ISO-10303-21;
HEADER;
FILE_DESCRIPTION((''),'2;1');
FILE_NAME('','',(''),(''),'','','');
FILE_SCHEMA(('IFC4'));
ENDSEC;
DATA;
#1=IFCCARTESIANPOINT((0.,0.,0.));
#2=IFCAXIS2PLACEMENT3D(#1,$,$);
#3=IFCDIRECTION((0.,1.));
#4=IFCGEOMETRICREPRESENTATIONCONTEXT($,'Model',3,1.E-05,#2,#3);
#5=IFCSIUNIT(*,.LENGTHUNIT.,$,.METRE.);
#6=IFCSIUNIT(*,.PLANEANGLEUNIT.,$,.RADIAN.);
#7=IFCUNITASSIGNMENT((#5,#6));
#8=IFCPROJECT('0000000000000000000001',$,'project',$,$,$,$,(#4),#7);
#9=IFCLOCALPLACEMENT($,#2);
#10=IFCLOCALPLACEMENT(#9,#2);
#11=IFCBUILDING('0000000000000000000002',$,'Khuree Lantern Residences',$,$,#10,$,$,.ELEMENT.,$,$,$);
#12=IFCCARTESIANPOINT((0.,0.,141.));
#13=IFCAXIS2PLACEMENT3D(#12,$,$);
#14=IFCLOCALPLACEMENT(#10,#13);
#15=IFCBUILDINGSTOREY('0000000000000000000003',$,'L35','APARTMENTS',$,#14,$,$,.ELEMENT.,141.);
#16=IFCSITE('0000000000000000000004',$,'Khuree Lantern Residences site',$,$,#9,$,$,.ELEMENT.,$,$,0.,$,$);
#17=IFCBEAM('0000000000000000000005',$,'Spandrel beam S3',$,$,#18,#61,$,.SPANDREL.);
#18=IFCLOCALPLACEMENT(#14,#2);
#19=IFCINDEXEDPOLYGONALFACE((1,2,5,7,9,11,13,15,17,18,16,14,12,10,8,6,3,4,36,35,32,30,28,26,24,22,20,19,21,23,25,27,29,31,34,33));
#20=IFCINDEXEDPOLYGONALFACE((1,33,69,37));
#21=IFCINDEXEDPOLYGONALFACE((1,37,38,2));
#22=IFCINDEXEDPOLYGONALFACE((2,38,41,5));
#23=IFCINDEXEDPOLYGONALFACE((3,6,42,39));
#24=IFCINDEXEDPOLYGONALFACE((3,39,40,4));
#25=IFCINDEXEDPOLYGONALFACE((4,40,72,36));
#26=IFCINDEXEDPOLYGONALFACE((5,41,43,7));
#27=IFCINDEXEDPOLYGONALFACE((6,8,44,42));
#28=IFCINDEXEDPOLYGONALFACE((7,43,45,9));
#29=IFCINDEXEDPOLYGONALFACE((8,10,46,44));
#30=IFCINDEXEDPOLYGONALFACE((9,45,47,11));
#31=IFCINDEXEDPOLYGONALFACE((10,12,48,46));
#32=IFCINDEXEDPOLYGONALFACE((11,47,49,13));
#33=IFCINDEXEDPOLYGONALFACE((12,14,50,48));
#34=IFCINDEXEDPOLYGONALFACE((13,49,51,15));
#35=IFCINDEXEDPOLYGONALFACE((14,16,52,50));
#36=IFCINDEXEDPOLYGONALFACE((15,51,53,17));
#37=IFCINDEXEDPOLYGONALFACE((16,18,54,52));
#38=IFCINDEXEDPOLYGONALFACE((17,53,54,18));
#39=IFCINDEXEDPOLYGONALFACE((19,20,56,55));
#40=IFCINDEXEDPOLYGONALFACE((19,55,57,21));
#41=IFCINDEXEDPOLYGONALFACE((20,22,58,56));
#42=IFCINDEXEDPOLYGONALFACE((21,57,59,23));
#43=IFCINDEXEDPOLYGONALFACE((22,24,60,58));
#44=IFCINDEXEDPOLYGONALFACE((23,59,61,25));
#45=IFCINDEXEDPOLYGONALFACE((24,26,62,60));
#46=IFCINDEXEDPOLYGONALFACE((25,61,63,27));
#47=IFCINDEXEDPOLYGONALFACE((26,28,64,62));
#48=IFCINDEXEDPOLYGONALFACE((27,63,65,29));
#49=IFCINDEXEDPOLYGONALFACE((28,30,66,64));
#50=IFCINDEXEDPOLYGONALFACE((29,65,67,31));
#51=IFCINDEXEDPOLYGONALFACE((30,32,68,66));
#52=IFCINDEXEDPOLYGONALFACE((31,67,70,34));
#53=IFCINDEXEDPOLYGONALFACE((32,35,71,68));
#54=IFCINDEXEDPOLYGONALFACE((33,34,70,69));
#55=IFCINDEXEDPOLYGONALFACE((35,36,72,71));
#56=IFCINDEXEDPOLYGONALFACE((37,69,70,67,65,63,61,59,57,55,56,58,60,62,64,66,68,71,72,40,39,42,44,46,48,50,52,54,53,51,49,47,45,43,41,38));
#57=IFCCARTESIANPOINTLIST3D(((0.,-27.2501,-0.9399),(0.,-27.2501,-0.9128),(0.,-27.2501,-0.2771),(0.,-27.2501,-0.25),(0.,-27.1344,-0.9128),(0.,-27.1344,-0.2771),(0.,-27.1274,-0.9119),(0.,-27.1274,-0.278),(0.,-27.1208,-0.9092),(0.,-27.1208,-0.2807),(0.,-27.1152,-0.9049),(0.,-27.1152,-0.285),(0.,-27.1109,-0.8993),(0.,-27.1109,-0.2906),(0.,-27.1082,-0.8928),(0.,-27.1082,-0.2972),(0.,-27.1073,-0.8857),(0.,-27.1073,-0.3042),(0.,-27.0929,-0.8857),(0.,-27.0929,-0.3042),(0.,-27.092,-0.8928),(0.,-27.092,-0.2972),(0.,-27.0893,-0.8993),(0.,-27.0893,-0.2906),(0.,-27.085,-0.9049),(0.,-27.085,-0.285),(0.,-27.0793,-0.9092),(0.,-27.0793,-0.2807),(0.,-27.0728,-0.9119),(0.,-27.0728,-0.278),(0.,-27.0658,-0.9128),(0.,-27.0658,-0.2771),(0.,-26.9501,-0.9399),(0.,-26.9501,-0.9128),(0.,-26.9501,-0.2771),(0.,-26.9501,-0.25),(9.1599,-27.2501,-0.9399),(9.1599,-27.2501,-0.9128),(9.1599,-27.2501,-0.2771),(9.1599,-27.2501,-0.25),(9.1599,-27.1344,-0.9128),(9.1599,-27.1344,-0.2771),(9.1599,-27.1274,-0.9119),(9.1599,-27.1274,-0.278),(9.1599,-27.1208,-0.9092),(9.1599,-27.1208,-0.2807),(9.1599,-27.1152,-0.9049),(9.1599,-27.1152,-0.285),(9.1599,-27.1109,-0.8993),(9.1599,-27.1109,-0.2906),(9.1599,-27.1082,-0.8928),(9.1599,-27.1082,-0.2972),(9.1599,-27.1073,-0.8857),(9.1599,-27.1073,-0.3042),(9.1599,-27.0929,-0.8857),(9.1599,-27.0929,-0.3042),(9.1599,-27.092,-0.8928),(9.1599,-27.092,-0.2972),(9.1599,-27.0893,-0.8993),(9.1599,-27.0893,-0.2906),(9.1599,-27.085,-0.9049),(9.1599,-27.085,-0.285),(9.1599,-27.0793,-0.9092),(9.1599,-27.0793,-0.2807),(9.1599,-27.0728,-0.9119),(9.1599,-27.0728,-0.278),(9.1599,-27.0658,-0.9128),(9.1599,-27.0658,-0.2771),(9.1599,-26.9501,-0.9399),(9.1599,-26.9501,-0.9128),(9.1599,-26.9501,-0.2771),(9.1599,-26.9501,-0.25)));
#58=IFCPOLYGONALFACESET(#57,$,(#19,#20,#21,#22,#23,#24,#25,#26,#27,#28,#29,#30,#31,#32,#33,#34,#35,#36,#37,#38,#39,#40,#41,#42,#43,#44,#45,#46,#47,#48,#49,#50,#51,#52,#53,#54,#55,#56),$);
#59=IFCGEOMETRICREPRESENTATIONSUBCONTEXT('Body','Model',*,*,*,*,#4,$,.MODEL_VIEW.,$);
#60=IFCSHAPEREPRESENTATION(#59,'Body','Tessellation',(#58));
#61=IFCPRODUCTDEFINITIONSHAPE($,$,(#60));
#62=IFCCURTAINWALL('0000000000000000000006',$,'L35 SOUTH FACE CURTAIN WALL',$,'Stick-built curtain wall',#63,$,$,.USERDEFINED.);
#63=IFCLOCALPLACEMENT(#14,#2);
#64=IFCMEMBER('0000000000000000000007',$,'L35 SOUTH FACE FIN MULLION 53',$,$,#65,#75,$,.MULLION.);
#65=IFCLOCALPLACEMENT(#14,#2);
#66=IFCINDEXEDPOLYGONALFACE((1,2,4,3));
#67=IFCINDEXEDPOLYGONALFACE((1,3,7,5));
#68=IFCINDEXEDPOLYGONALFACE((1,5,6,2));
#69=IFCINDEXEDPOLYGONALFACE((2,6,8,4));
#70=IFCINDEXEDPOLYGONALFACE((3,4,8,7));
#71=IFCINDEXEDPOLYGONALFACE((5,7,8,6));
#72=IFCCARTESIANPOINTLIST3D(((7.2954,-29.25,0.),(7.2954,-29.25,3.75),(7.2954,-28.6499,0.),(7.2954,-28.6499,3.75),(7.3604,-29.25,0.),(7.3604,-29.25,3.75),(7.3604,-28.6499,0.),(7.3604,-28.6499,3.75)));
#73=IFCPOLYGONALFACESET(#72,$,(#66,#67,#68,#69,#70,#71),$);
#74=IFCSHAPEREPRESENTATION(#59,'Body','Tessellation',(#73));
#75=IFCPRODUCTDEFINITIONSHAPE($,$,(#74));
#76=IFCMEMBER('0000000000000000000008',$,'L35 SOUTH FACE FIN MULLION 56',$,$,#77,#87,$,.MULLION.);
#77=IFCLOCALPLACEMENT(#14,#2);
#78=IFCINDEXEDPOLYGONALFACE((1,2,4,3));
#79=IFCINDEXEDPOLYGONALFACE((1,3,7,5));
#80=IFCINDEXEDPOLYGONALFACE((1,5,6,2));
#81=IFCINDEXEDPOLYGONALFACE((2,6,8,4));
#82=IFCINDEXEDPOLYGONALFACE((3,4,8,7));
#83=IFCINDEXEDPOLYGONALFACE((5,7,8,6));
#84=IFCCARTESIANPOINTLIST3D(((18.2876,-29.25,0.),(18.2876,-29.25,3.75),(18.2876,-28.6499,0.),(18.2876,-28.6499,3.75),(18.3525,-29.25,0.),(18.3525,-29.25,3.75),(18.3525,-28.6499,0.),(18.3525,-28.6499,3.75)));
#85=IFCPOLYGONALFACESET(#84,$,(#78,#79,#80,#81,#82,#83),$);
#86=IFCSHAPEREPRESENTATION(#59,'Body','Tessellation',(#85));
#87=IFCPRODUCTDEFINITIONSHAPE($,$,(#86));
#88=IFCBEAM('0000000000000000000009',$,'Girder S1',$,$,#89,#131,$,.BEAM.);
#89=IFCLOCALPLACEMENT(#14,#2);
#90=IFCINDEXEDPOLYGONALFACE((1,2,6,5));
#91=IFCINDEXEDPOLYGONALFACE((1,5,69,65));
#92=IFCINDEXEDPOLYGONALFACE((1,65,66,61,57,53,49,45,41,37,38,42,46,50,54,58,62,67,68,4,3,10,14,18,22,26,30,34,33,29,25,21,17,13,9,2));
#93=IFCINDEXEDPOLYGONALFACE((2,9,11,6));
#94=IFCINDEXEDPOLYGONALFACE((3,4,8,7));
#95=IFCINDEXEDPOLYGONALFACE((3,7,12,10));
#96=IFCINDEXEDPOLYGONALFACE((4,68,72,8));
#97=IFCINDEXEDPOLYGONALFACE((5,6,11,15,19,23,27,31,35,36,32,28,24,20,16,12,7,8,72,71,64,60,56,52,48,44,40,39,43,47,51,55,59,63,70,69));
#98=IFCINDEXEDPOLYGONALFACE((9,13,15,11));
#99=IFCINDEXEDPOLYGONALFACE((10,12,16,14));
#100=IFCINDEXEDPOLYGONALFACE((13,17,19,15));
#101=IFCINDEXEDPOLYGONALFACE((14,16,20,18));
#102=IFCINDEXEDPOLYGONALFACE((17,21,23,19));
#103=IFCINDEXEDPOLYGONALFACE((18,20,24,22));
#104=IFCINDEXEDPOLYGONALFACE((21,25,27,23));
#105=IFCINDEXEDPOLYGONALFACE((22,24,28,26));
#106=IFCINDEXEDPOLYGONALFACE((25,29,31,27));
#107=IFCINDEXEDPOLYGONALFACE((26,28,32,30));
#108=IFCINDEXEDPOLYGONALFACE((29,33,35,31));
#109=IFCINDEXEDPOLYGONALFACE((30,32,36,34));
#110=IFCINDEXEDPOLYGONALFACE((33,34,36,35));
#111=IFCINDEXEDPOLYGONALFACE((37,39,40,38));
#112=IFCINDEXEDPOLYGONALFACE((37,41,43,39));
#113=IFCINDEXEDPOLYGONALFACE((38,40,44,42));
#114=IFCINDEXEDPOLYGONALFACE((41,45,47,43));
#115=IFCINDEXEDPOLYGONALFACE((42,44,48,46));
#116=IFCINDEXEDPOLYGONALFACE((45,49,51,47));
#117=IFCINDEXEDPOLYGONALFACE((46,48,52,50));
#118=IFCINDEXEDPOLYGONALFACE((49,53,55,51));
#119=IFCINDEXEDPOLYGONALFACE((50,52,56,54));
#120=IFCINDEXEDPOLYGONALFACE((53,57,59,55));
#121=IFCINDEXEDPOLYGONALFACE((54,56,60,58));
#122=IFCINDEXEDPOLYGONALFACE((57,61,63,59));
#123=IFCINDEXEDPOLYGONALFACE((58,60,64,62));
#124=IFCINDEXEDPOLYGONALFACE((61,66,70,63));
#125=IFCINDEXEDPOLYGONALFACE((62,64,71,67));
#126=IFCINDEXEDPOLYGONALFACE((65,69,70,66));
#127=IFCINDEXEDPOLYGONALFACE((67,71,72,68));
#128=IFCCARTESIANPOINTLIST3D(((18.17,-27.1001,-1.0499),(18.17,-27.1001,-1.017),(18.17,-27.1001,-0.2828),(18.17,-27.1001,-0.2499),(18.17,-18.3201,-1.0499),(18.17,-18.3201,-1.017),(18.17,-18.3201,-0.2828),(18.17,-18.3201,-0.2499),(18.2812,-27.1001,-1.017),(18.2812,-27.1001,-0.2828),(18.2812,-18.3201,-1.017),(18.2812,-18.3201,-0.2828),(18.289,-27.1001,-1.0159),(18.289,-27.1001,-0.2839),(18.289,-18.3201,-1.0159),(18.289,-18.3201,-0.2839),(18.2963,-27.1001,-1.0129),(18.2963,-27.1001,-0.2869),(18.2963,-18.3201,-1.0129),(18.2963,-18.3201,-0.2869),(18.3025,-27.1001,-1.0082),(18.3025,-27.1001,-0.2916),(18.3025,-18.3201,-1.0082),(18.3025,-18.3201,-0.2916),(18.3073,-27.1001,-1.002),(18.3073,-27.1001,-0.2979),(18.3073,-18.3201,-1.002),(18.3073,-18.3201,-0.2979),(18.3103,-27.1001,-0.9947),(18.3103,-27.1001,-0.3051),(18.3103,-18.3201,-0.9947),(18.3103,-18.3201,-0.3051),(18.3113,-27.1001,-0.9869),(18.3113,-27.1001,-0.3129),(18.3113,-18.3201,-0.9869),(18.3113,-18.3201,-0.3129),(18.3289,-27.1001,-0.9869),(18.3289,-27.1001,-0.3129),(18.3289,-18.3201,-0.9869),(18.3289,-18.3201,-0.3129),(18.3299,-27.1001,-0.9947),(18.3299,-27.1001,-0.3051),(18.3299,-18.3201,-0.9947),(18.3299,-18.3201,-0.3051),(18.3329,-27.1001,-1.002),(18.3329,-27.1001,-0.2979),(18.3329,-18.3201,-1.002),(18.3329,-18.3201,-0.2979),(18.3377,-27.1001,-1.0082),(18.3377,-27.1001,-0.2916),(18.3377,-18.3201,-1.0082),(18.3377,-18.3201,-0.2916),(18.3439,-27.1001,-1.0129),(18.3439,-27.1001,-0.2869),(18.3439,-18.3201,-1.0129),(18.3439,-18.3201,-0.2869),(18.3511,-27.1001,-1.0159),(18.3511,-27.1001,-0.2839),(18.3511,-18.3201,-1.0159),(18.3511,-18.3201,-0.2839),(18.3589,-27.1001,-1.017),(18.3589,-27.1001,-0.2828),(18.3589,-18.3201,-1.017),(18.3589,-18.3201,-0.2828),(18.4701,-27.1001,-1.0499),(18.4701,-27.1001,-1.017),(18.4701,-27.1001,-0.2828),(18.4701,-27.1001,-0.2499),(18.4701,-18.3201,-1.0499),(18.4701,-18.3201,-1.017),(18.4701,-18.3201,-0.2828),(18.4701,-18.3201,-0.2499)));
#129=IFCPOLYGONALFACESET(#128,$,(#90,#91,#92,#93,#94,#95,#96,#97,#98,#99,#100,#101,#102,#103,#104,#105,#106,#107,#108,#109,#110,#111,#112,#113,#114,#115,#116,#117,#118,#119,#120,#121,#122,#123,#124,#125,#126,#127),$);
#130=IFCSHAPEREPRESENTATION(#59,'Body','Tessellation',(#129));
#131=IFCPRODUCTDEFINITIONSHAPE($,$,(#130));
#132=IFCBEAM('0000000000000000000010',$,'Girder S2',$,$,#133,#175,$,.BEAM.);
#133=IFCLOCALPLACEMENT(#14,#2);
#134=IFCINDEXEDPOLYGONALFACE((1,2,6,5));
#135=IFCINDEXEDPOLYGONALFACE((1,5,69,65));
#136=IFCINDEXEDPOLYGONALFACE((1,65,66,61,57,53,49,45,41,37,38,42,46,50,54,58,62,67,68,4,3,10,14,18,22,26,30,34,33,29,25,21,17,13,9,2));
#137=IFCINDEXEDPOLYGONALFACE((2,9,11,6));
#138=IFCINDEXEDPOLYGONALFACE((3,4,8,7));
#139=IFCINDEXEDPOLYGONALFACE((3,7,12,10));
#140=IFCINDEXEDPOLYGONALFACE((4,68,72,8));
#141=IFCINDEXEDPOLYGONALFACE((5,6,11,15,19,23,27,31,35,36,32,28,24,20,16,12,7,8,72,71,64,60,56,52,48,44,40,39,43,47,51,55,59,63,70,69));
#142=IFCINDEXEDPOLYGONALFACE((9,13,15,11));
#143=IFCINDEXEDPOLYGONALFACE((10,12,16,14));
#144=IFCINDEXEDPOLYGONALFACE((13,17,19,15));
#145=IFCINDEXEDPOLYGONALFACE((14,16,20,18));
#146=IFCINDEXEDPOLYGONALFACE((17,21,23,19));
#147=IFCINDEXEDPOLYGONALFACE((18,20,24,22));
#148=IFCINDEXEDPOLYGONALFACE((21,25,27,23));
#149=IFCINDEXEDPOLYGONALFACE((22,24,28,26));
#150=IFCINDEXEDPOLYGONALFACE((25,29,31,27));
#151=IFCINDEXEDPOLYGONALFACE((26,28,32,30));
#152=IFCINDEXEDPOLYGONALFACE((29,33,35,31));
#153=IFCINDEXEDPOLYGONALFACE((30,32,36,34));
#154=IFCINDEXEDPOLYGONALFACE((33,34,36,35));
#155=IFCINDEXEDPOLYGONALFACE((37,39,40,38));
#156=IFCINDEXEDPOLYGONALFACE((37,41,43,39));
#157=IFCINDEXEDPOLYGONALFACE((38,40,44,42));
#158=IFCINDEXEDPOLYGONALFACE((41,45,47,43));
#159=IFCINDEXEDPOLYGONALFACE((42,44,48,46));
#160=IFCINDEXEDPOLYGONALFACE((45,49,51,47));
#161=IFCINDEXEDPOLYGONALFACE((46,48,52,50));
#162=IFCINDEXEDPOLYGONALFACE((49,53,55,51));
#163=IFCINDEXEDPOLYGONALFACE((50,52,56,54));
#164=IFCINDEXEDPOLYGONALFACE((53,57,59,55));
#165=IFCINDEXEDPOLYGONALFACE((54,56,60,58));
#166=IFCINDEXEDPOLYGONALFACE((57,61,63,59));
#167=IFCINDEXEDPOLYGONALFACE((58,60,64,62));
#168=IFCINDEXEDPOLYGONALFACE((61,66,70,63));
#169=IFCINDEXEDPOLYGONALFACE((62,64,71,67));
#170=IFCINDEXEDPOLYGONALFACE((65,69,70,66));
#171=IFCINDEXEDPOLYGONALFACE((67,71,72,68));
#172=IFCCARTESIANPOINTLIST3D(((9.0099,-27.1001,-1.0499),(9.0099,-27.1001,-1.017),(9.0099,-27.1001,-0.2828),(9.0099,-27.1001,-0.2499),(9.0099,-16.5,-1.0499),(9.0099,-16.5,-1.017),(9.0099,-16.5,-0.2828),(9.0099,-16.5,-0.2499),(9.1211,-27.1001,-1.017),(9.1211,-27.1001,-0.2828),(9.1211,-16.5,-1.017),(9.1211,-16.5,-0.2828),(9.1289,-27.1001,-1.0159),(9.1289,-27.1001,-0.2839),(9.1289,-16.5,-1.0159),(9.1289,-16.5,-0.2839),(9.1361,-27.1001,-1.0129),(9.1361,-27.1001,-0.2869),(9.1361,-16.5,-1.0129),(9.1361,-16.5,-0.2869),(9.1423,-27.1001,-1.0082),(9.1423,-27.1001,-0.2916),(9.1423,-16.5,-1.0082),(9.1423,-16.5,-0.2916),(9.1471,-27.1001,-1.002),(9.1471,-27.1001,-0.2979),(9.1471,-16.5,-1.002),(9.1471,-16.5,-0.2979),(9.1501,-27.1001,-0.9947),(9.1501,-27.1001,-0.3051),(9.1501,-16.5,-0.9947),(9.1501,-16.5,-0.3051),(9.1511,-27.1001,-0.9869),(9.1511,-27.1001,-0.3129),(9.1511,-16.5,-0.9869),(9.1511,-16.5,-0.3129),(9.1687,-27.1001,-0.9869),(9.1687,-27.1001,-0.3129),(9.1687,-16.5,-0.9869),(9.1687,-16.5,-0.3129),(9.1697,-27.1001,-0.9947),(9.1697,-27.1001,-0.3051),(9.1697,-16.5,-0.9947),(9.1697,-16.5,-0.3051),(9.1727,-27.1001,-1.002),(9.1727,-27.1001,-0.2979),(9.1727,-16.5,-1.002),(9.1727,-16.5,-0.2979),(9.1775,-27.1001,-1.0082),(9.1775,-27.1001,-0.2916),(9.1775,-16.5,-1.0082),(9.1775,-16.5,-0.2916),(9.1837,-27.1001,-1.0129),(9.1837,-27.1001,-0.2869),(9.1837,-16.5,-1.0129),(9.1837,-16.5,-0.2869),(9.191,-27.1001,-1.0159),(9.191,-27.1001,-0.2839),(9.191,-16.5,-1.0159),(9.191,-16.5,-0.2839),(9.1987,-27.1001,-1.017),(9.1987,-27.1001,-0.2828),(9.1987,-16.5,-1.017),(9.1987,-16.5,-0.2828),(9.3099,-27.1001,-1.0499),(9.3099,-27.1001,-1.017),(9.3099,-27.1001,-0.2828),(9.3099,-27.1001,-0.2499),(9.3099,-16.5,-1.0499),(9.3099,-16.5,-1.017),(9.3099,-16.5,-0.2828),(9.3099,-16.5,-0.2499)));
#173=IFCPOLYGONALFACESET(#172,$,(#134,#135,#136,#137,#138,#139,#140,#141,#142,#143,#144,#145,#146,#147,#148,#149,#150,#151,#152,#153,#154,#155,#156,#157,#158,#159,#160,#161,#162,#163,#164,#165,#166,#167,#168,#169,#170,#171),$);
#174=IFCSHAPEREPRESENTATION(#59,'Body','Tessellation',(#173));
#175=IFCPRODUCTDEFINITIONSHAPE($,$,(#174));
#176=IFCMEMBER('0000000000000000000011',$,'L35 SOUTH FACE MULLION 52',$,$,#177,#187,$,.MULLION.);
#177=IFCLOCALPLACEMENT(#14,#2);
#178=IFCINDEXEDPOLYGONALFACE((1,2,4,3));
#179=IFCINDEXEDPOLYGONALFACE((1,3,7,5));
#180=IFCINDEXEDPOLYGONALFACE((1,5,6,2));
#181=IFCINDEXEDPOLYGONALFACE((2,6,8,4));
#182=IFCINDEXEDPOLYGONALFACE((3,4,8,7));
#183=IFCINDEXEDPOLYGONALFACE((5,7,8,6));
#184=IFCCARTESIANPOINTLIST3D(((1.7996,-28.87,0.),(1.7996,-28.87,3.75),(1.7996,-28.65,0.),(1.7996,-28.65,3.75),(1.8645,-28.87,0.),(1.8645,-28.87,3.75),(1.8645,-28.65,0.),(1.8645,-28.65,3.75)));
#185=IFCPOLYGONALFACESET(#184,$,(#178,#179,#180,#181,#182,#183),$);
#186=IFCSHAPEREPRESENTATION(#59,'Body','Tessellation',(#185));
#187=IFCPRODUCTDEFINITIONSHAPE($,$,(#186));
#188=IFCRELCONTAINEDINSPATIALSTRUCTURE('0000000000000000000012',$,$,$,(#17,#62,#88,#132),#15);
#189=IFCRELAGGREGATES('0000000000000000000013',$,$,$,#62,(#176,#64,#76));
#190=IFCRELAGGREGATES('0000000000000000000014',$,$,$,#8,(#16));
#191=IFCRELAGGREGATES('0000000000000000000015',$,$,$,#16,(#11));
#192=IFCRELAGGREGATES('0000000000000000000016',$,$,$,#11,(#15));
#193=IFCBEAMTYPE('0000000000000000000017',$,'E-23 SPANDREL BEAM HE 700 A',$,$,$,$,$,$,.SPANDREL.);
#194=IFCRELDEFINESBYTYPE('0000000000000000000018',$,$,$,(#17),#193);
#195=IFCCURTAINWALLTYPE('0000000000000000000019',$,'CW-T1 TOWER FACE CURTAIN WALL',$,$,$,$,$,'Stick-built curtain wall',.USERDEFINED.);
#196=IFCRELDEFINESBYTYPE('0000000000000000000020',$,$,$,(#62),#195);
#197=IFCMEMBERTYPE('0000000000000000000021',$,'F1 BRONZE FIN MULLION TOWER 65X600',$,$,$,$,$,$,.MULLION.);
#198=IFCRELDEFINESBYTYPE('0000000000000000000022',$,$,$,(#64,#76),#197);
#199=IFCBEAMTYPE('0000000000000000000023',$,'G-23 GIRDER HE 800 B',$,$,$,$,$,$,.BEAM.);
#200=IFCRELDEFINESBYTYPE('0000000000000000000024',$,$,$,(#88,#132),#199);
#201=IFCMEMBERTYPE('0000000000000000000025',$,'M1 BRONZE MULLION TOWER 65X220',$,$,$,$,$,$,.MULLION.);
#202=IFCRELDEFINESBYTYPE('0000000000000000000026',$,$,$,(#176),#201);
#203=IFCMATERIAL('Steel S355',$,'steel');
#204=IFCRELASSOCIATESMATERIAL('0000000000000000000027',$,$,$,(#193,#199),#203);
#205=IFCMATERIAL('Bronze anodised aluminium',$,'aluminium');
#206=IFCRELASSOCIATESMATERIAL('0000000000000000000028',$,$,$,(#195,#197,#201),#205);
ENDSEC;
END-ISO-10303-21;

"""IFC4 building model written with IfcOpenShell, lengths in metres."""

from ifc_helpers import new_model, si_unit, direction, frame, origin, origin_2d, place, context, subcontext, project, spatial, rectangle, i_section, extrude, material, material_profile, profile_set, type_object, element, aggregate, save


model = new_model("IFC4")

# Units and contexts
model_context = context("Model", 3, precision=1e-05, world=origin(), true_north=direction((0.0, 1.0)))
body_context = subcontext(model_context, "Body", "Model", "MODEL_VIEW")
ifc_project = project(units=[si_unit("LENGTHUNIT", "METRE"), si_unit("PLANEANGLEUNIT", "RADIAN")], contexts=[model_context])

# Site, building, storey
site_placement = place(None, origin())
site = spatial("IfcSite", under=ifc_project, at=site_placement, Name="Khuree Lantern Residences site", CompositionType="ELEMENT", RefElevation=0.0)
building_placement = place(site_placement, origin())
building = spatial("IfcBuilding", under=site, at=building_placement, Name="Khuree Lantern Residences", CompositionType="ELEMENT")
storey_placement = place(building_placement, frame((0.0, 0.0, 141.0)))
storey = spatial("IfcBuildingStorey", under=building, at=storey_placement, Name="L35", Description="APARTMENTS", CompositionType="ELEMENT", Elevation=141.0)

# Beam
ifc_material_1 = material(Name="Steel S355", Category="steel")
ifc_material_profile_1 = material_profile(ifc_material_1, i_section(OverallWidth=0.3, OverallDepth=0.6899, WebThickness=0.0144, FlangeThickness=0.0271, FilletRadius=0.0271, at=origin_2d()), Name="HE 700 A")
ifc_profile_set_1 = profile_set([ifc_material_profile_1], Name="Steel S355")
beam_type_1 = type_object("IfcBeamType", Name="E-23 SPANDREL BEAM HE 700 A", PredefinedType="SPANDREL", material=ifc_profile_set_1)
beam_1_placement = place(storey_placement, frame((9.1599, -27.1001, -0.595), z_axis=(-1.0, 0.0, 0.0), x_axis=(0.0, -1.0, 0.0)))
element("IfcBeam", 1, at=beam_1_placement, inside=storey, type_object=beam_type_1, Name="Spandrel beam S3", PredefinedType="SPANDREL", context=body_context, shape_type="SweptSolid", body=[
    extrude(i_section(OverallWidth=0.3, OverallDepth=0.6899, WebThickness=0.0144, FlangeThickness=0.0271, FilletRadius=0.0271, at=origin_2d()), origin(), (0.0, 0.0, 1.0), 9.1599),
])

# Curtain wall, members
ifc_material_2 = material(Name="Bronze anodised aluminium", Category="aluminium")
curtain_wall_type = type_object("IfcCurtainWallType", Name="CW-T1 TOWER FACE CURTAIN WALL", ElementType="Stick-built curtain wall", PredefinedType="USERDEFINED", material=ifc_material_2)
curtain_wall_placement = place(storey_placement, origin())
curtain_wall = element("IfcCurtainWall", 2, at=curtain_wall_placement, inside=storey, type_object=curtain_wall_type, Name="L35 SOUTH FACE CURTAIN WALL", ObjectType="Stick-built curtain wall", PredefinedType="USERDEFINED")
ifc_material_profile_2 = material_profile(ifc_material_2, rectangle(XDim=0.0649, YDim=0.6001, at=origin_2d()), Name="F1 65X600")
ifc_profile_set_2 = profile_set([ifc_material_profile_2], Name="Bronze anodised aluminium")
member_type_1 = type_object("IfcMemberType", Name="F1 BRONZE FIN MULLION TOWER 65X600", PredefinedType="MULLION", material=ifc_profile_set_2)
member_1_placement = place(storey_placement, frame((7.3279, -28.95, 0.0), z_axis=(0.0, 0.0, 1.0), x_axis=(1.0, 0.0, 0.0)))
member_1 = element("IfcMember", 3, at=member_1_placement, type_object=member_type_1, Name="L35 SOUTH FACE FIN MULLION 53", PredefinedType="MULLION", context=body_context, shape_type="SweptSolid", body=[
    extrude(rectangle(XDim=0.0649, YDim=0.6001, at=origin_2d()), origin(), (0.0, 0.0, 1.0), 3.75),
])
member_2_placement = place(storey_placement, frame((18.3201, -28.95, 0.0), z_axis=(0.0, 0.0, 1.0), x_axis=(1.0, 0.0, 0.0)))
member_2 = element("IfcMember", 4, at=member_2_placement, type_object=member_type_1, Name="L35 SOUTH FACE FIN MULLION 56", PredefinedType="MULLION", context=body_context, shape_type="SweptSolid", body=[
    extrude(rectangle(XDim=0.0649, YDim=0.6001, at=origin_2d()), origin(), (0.0, 0.0, 1.0), 3.75),
])

# Beams
ifc_material_profile_3 = material_profile(ifc_material_1, i_section(OverallWidth=0.3, OverallDepth=0.8, WebThickness=0.0176, FlangeThickness=0.033, FilletRadius=0.03, at=origin_2d()), Name="HE 800 B")
ifc_profile_set_3 = profile_set([ifc_material_profile_3], Name="Steel S355")
beam_type_2 = type_object("IfcBeamType", Name="G-23 GIRDER HE 800 B", PredefinedType="BEAM", material=ifc_profile_set_3)
beam_2_placement = place(storey_placement, frame((18.3201, -27.1001, -0.6499), z_axis=(0.0, 1.0, 0.0), x_axis=(-1.0, 0.0, 0.0)))
element("IfcBeam", 5, at=beam_2_placement, inside=storey, type_object=beam_type_2, Name="Girder S1", PredefinedType="BEAM", context=body_context, shape_type="SweptSolid", body=[
    extrude(i_section(OverallWidth=0.3, OverallDepth=0.8, WebThickness=0.0176, FlangeThickness=0.033, FilletRadius=0.03, at=origin_2d()), origin(), (0.0, 0.0, 1.0), 8.78),
])
beam_3_placement = place(storey_placement, frame((9.1599, -27.1001, -0.6499), z_axis=(0.0, 1.0, 0.0), x_axis=(-1.0, 0.0, 0.0)))
element("IfcBeam", 6, at=beam_3_placement, inside=storey, type_object=beam_type_2, Name="Girder S2", PredefinedType="BEAM", context=body_context, shape_type="SweptSolid", body=[
    extrude(i_section(OverallWidth=0.3, OverallDepth=0.8, WebThickness=0.0176, FlangeThickness=0.033, FilletRadius=0.03, at=origin_2d()), origin(), (0.0, 0.0, 1.0), 10.6001),
])

# Member
ifc_material_profile_4 = material_profile(ifc_material_2, rectangle(XDim=0.0649, YDim=0.22, at=origin_2d()), Name="M1 65X220")
ifc_profile_set_4 = profile_set([ifc_material_profile_4], Name="Bronze anodised aluminium")
member_type_2 = type_object("IfcMemberType", Name="M1 BRONZE MULLION TOWER 65X220", PredefinedType="MULLION", material=ifc_profile_set_4)
member_3_placement = place(storey_placement, frame((1.832, -28.76, 0.0), z_axis=(0.0, 0.0, 1.0), x_axis=(1.0, 0.0, 0.0)))
member_3 = element("IfcMember", 7, at=member_3_placement, type_object=member_type_2, Name="L35 SOUTH FACE MULLION 52", PredefinedType="MULLION", context=body_context, shape_type="SweptSolid", body=[
    extrude(rectangle(XDim=0.0649, YDim=0.22, at=origin_2d()), origin(), (0.0, 0.0, 1.0), 3.75),
])

aggregate(curtain_wall, [member_3, member_1, member_2])

save(model, "model.ifc")
